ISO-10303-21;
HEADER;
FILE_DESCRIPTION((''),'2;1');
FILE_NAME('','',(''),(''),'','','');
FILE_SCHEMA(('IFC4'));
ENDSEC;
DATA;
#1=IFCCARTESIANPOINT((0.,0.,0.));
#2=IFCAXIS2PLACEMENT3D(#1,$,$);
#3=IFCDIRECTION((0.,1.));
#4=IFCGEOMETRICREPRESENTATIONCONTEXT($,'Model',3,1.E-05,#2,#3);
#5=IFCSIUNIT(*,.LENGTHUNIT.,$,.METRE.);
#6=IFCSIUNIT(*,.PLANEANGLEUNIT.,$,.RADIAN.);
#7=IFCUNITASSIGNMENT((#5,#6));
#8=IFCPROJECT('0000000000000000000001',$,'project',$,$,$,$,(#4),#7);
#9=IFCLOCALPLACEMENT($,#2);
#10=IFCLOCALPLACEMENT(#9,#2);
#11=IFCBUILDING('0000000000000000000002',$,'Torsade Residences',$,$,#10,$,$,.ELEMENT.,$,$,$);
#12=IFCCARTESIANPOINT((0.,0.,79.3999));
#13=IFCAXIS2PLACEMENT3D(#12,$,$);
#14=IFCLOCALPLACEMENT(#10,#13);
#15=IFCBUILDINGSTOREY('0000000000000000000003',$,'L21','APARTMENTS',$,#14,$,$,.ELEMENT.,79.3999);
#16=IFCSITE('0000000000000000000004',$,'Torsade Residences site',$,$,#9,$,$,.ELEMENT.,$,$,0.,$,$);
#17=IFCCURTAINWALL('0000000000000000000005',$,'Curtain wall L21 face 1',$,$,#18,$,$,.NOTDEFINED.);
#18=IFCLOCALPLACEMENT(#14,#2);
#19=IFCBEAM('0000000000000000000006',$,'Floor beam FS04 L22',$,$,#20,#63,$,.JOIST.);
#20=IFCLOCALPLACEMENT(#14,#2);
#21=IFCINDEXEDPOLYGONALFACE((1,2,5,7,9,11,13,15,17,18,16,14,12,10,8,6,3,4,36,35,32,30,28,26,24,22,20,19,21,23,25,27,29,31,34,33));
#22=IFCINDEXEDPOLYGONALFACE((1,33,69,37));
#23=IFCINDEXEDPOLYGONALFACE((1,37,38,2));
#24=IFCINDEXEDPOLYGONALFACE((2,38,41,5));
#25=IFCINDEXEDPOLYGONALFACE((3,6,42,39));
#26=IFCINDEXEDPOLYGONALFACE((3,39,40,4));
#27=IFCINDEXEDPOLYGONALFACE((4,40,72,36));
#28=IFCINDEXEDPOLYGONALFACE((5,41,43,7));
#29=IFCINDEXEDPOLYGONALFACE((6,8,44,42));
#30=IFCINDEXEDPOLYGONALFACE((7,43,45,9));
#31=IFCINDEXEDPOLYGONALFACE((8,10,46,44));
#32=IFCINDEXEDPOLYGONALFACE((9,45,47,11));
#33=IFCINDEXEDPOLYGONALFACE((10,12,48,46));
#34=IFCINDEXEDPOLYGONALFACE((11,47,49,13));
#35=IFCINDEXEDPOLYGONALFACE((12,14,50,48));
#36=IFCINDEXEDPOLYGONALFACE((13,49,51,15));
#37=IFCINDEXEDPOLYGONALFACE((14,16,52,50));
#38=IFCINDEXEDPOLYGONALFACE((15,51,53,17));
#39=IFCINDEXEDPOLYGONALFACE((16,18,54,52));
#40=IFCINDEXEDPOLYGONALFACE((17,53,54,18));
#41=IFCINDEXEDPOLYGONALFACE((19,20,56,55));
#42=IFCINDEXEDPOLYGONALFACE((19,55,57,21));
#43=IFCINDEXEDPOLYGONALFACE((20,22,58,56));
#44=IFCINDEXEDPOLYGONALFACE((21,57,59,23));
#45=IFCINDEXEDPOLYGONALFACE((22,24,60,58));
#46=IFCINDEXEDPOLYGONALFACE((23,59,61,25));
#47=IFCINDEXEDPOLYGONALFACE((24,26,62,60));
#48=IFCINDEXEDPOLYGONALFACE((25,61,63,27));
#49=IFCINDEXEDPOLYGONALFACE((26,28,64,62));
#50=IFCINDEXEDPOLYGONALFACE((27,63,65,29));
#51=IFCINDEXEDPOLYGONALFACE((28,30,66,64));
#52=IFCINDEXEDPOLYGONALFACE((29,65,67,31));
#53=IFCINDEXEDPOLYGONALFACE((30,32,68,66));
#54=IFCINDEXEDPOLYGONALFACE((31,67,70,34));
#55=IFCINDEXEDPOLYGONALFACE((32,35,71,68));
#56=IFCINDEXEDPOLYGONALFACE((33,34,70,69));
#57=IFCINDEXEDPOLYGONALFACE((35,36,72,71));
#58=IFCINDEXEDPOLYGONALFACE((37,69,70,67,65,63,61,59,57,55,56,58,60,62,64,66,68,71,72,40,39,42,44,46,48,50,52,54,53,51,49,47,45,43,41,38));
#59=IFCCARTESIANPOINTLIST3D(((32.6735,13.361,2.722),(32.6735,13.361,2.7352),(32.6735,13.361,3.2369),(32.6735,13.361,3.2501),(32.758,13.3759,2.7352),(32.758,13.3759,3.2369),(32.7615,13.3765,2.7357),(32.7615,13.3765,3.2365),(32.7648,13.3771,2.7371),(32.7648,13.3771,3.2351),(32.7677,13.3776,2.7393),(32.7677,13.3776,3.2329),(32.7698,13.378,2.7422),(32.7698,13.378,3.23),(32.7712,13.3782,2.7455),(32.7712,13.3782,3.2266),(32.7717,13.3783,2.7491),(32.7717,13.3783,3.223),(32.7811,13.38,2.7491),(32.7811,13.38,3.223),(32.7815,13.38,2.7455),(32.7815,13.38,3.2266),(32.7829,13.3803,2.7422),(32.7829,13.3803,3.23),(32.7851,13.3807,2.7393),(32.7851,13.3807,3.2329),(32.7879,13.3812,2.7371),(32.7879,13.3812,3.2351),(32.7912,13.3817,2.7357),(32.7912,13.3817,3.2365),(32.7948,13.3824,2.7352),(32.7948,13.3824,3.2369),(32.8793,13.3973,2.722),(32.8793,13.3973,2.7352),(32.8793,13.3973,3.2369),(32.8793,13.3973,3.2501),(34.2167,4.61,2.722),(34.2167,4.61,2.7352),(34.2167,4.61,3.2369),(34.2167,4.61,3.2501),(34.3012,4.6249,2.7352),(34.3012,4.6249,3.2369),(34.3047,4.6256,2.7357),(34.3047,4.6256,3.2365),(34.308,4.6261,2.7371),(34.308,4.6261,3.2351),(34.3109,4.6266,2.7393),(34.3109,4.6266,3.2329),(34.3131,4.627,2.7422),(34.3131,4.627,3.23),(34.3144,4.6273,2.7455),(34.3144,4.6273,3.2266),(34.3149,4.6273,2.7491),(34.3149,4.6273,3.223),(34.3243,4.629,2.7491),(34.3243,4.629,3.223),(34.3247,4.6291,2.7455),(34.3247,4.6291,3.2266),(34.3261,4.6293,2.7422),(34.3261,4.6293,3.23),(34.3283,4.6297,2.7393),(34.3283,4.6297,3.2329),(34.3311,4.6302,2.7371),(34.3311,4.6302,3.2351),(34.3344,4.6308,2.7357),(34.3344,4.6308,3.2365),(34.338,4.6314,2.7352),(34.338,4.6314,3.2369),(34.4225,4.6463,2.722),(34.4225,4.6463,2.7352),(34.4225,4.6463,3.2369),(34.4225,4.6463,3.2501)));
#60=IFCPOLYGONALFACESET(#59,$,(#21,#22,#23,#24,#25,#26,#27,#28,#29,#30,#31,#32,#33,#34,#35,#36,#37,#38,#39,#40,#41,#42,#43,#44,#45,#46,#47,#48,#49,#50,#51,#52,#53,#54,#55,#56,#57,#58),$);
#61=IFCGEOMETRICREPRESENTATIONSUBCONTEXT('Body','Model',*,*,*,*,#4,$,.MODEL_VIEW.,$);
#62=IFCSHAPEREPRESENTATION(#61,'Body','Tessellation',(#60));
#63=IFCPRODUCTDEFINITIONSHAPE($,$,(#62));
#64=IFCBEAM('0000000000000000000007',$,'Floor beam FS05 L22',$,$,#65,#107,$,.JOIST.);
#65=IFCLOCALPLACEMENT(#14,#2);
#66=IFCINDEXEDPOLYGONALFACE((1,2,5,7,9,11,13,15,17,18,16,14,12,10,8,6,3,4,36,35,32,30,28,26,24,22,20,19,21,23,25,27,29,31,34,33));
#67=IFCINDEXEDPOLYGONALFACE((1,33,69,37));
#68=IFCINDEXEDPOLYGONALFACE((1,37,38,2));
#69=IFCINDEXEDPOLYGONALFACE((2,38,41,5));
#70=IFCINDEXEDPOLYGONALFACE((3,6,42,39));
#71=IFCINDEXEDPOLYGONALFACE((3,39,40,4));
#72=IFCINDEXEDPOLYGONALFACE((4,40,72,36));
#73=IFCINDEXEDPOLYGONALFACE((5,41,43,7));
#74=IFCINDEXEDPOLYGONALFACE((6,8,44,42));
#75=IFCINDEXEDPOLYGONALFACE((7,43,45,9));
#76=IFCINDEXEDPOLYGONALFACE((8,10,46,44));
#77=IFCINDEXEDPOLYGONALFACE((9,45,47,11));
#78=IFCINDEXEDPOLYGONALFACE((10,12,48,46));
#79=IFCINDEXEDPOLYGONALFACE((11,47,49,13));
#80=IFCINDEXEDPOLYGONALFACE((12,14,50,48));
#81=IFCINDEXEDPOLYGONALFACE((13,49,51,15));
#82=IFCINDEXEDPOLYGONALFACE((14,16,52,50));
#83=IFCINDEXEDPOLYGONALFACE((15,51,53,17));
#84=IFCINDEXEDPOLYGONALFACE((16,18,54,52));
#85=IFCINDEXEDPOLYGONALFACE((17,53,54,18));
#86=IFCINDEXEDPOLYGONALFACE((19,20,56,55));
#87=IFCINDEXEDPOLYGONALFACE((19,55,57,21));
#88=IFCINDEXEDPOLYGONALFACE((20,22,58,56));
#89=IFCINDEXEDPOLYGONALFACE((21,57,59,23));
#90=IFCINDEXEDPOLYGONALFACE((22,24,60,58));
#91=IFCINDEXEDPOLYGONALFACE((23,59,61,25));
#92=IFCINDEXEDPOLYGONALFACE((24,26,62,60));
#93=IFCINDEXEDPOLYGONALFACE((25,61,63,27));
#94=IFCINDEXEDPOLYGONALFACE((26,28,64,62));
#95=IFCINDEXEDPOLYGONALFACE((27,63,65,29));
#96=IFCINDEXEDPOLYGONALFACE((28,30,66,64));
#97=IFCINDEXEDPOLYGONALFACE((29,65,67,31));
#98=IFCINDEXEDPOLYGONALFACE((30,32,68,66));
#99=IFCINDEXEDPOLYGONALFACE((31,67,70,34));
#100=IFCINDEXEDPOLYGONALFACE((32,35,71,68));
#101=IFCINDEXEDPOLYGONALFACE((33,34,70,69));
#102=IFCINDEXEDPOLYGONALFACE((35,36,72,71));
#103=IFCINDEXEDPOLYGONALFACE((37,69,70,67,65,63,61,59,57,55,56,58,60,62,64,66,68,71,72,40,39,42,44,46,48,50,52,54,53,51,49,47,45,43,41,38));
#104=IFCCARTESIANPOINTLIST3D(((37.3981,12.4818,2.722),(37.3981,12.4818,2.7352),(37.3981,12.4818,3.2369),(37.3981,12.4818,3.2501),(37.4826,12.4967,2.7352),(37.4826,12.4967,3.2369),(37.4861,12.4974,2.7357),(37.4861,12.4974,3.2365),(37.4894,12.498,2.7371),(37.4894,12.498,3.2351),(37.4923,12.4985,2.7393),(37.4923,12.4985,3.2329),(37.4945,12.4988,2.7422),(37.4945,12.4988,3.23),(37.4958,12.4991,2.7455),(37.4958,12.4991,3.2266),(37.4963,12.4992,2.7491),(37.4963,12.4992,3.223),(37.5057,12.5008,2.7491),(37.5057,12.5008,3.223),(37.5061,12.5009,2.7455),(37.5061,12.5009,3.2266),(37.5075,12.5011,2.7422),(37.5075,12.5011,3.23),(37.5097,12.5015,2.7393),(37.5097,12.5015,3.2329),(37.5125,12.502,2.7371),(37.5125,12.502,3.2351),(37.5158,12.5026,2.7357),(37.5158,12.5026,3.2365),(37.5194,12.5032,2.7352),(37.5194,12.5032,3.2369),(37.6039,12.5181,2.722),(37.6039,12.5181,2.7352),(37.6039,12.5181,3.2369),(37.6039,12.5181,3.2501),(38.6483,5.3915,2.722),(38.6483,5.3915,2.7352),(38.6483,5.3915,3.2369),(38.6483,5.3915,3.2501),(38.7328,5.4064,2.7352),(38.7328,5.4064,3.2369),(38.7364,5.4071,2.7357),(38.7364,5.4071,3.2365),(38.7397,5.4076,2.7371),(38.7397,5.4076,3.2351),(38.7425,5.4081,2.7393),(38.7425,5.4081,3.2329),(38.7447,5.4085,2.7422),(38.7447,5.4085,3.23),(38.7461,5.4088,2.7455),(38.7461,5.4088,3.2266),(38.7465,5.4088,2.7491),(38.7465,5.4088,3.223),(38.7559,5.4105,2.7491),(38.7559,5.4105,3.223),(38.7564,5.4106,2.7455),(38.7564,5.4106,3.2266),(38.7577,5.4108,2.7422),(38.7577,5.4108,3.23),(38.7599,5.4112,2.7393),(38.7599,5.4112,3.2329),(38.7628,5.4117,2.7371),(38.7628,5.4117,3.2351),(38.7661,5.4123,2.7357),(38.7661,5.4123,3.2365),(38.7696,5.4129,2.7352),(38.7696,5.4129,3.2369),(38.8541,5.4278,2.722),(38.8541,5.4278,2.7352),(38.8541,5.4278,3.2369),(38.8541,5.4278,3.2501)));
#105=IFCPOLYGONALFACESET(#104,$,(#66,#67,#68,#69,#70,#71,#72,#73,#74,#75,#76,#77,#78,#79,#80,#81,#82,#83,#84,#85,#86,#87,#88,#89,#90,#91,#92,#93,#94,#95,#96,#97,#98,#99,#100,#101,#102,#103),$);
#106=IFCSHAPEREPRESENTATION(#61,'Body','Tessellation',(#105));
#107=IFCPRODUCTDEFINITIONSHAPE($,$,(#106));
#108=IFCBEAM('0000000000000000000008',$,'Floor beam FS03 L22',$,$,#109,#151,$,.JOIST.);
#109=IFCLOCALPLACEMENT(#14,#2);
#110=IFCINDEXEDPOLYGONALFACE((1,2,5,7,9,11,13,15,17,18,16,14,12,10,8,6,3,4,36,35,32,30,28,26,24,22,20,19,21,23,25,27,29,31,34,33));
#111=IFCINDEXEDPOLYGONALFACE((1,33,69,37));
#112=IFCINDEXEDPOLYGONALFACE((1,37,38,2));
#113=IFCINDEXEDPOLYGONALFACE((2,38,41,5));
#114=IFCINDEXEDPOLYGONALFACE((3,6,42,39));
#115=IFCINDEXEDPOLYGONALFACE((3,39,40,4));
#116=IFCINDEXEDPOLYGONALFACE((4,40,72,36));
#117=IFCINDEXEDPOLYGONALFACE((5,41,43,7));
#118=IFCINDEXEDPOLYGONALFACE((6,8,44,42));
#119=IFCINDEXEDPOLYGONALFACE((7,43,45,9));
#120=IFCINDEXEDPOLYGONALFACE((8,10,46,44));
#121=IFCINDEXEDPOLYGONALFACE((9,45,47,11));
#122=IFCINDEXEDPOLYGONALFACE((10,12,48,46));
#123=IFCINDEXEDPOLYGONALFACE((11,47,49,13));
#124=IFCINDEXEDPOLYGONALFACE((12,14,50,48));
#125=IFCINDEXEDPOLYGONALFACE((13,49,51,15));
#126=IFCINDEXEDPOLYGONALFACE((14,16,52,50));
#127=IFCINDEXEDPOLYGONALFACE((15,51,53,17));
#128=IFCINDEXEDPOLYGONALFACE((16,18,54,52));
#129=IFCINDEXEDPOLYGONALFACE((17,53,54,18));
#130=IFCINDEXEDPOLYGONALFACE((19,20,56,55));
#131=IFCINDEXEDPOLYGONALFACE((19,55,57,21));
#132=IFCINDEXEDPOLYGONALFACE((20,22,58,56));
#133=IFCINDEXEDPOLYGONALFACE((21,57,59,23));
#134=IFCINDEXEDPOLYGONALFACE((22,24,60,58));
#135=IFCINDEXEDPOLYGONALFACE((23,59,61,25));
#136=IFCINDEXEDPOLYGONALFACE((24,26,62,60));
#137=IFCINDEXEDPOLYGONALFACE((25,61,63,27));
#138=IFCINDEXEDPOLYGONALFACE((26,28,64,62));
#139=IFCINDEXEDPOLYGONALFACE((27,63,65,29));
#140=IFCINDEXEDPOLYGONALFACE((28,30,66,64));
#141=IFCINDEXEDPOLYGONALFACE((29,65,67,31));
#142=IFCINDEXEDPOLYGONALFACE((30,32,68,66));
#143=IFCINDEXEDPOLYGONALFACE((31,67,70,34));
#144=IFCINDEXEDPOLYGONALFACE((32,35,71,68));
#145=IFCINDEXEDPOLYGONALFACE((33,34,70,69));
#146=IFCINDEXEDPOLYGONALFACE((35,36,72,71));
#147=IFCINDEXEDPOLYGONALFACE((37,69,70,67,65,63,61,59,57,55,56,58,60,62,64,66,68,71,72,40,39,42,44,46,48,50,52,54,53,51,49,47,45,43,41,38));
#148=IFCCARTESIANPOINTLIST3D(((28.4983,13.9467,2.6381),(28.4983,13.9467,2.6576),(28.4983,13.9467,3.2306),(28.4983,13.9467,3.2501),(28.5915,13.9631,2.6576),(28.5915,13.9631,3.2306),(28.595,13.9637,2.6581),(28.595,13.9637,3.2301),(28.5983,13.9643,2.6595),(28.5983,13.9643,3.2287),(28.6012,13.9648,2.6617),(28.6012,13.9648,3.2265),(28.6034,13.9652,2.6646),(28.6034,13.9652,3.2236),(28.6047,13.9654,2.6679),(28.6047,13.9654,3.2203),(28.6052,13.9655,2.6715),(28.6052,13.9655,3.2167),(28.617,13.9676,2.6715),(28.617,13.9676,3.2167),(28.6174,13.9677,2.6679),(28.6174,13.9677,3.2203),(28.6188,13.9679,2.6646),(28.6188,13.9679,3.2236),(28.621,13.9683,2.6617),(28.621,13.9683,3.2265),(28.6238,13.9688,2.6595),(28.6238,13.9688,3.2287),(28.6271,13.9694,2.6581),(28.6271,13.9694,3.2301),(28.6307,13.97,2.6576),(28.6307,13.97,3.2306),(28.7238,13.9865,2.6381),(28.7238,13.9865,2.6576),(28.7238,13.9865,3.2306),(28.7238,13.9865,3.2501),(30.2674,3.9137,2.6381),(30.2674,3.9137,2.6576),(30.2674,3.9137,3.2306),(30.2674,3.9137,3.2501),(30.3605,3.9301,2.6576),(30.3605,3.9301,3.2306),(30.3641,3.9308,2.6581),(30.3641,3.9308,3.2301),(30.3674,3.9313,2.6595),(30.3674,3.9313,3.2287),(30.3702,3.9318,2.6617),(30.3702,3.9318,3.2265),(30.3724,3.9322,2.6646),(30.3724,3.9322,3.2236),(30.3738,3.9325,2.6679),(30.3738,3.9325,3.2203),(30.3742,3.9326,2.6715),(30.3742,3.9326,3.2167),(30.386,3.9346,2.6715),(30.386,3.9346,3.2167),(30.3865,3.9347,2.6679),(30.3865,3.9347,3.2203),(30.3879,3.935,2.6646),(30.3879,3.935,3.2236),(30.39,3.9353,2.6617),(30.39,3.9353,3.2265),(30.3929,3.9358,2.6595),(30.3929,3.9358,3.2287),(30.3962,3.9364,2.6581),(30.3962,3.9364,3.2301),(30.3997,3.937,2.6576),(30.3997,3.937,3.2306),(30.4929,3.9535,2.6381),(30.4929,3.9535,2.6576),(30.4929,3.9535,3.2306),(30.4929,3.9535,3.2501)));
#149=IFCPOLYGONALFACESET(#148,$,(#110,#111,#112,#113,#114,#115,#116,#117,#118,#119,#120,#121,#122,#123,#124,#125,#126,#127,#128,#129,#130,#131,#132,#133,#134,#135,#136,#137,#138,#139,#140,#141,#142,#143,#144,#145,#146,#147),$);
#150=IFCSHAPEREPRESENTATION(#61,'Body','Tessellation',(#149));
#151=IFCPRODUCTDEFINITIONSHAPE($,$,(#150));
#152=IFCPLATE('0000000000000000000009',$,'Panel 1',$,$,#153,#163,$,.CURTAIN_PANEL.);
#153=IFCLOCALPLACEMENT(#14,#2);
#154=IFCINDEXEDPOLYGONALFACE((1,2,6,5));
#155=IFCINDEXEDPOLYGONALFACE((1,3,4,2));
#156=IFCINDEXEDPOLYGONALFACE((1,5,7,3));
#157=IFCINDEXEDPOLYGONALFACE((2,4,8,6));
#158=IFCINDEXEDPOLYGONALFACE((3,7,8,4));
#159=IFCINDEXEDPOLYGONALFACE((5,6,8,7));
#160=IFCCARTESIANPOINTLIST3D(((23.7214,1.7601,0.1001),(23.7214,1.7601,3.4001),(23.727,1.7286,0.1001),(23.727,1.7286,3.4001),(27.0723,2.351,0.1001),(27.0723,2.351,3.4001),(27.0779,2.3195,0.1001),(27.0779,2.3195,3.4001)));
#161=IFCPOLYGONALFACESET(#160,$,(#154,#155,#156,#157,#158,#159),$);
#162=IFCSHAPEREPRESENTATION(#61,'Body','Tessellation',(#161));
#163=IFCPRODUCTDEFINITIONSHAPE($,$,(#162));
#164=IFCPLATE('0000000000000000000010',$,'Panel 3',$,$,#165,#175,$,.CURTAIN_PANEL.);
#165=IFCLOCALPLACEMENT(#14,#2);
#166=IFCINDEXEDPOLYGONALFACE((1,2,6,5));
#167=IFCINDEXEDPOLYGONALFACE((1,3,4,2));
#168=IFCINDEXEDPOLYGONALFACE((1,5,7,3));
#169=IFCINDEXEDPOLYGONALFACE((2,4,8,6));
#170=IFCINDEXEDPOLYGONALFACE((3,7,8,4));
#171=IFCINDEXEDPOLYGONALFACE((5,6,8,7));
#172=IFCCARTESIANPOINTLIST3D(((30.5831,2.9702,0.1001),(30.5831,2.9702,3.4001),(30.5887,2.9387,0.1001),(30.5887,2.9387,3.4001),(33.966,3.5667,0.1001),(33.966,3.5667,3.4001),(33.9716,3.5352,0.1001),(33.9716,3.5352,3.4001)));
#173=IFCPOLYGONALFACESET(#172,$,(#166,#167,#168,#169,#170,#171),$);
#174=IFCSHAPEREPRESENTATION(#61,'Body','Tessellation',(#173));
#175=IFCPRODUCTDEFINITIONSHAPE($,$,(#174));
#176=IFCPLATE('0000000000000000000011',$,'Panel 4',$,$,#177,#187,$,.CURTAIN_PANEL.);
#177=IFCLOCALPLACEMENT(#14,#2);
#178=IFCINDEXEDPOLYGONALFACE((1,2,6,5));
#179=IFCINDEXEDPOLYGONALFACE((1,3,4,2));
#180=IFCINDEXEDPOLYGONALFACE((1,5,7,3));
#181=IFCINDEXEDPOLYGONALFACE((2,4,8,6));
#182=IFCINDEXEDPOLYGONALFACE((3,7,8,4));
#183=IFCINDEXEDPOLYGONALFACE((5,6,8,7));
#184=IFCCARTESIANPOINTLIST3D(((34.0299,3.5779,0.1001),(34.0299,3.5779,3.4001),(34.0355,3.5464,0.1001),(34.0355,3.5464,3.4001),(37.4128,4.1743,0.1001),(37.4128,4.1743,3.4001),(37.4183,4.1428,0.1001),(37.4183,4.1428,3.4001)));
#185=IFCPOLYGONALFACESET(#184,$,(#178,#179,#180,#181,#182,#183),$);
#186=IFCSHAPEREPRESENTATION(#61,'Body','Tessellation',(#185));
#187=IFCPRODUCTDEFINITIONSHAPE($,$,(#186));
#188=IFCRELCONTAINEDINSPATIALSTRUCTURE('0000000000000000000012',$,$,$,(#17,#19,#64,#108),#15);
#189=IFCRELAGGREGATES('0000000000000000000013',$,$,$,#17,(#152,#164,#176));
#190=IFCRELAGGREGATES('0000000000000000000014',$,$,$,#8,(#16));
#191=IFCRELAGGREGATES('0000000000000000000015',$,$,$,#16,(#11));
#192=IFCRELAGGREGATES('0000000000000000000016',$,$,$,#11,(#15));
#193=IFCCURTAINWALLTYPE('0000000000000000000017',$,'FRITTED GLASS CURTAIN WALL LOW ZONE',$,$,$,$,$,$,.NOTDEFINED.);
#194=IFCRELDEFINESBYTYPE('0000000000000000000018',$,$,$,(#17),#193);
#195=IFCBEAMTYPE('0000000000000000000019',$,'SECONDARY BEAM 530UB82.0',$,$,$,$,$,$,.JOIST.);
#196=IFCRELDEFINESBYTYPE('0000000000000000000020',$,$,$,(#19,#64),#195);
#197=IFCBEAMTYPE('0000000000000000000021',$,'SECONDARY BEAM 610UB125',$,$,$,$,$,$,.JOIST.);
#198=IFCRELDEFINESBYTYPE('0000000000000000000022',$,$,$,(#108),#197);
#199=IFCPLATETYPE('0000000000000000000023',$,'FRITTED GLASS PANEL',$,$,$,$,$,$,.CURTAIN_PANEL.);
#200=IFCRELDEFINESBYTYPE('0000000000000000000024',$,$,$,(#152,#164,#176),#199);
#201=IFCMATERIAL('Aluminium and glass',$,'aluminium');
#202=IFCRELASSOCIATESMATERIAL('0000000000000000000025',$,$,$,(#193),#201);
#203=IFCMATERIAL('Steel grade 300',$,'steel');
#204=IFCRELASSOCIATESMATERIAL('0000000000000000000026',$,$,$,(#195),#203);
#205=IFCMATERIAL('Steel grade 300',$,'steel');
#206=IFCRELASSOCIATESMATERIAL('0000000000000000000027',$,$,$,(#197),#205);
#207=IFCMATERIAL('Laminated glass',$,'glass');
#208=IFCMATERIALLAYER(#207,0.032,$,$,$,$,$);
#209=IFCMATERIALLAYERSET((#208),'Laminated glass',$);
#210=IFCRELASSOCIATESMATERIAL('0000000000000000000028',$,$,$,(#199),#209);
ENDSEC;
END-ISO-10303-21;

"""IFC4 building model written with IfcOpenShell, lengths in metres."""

from ifc_helpers import new_model, si_unit, direction, frame, origin, origin_2d, place, context, subcontext, project, spatial, rectangle, i_section, extrude, material, layer, layer_set, material_profile, profile_set, type_object, element, aggregate, save


model = new_model("IFC4")

# Units and contexts
model_context = context("Model", 3, precision=1e-05, world=origin(), true_north=direction((0.0, 1.0)))
body_context = subcontext(model_context, "Body", "Model", "MODEL_VIEW")
ifc_project = project(units=[si_unit("LENGTHUNIT", "METRE"), si_unit("PLANEANGLEUNIT", "RADIAN")], contexts=[model_context])

# Site, building, storey
site_placement = place(None, origin())
site = spatial("IfcSite", under=ifc_project, at=site_placement, Name="Torsade Residences site", CompositionType="ELEMENT", RefElevation=0.0)
building_placement = place(site_placement, origin())
building = spatial("IfcBuilding", under=site, at=building_placement, Name="Torsade Residences", CompositionType="ELEMENT")
storey_placement = place(building_placement, frame((0.0, 0.0, 79.3999)))
storey = spatial("IfcBuildingStorey", under=building, at=storey_placement, Name="L21", Description="APARTMENTS", CompositionType="ELEMENT", Elevation=79.3999)

# Curtain wall
ifc_material_1 = material(Name="Aluminium and glass", Category="aluminium")
curtain_wall_type = type_object("IfcCurtainWallType", Name="FRITTED GLASS CURTAIN WALL LOW ZONE", PredefinedType="NOTDEFINED", material=ifc_material_1)
curtain_wall_placement = place(storey_placement, origin())
curtain_wall = element("IfcCurtainWall", 1, at=curtain_wall_placement, inside=storey, type_object=curtain_wall_type, Name="Curtain wall L21 face 1", PredefinedType="NOTDEFINED")

# Beams
ifc_material_2 = material(Name="Steel grade 300", Category="steel")
ifc_material_profile_1 = material_profile(ifc_material_2, i_section(OverallWidth=0.209, OverallDepth=0.5281, WebThickness=0.0095, FlangeThickness=0.0132, FilletRadius=0.0139, at=origin_2d()), Name="530UB82.0")
ifc_profile_set_1 = profile_set([ifc_material_profile_1], Name="Steel grade 300")
beam_type_1 = type_object("IfcBeamType", Name="SECONDARY BEAM 530UB82.0", PredefinedType="JOIST", material=ifc_profile_set_1)
beam_1_placement = place(storey_placement, frame((34.3196, 4.6282, 2.9861), z_axis=(-0.173668, 0.984804, 0.0), x_axis=(-0.984804, -0.173668, 0.0)))
element("IfcBeam", 2, at=beam_1_placement, inside=storey, type_object=beam_type_1, Name="Floor beam FS04 L22", PredefinedType="JOIST", context=body_context, shape_type="SweptSolid", body=[
    extrude(i_section(OverallWidth=0.209, OverallDepth=0.5281, WebThickness=0.0095, FlangeThickness=0.0132, FilletRadius=0.0139, at=origin_2d()), origin(), (0.0, 0.0, 1.0), 8.886),
])
beam_2_placement = place(storey_placement, frame((38.7512, 5.4097, 2.9861), z_axis=(-0.173652, 0.984807, 0.0), x_axis=(-0.984807, -0.173652, 0.0)))
element("IfcBeam", 3, at=beam_2_placement, inside=storey, type_object=beam_type_1, Name="Floor beam FS05 L22", PredefinedType="JOIST", context=body_context, shape_type="SweptSolid", body=[
    extrude(i_section(OverallWidth=0.209, OverallDepth=0.5281, WebThickness=0.0095, FlangeThickness=0.0132, FilletRadius=0.0139, at=origin_2d()), origin(), (0.0, 0.0, 1.0), 7.1997),
])
ifc_material_3 = material(Name="Steel grade 300", Category="steel")
ifc_material_profile_2 = material_profile(ifc_material_3, i_section(OverallWidth=0.229, OverallDepth=0.6121, WebThickness=0.012, FlangeThickness=0.0195, FilletRadius=0.0139, at=origin_2d()), Name="610UB125")
ifc_profile_set_2 = profile_set([ifc_material_profile_2], Name="Steel grade 300")
beam_type_2 = type_object("IfcBeamType", Name="SECONDARY BEAM 610UB125", PredefinedType="JOIST", material=ifc_profile_set_2)
beam_3_placement = place(storey_placement, frame((30.3801, 3.9336, 2.9441), z_axis=(-0.173645, 0.984808, 0.0), x_axis=(-0.984808, -0.173645, 0.0)))
element("IfcBeam", 4, at=beam_3_placement, inside=storey, type_object=beam_type_2, Name="Floor beam FS03 L22", PredefinedType="JOIST", context=body_context, shape_type="SweptSolid", body=[
    extrude(i_section(OverallWidth=0.229, OverallDepth=0.6121, WebThickness=0.012, FlangeThickness=0.0195, FilletRadius=0.0139, at=origin_2d()), origin(), (0.0, 0.0, 1.0), 10.1877),
])

# Plates
ifc_material_4 = material(Name="Laminated glass", Category="glass")
ifc_layer_1 = layer(ifc_material_4, 0.032)
ifc_layer_set_1 = layer_set([ifc_layer_1], Name="Laminated glass")
plate_type_1 = type_object("IfcPlateType", Name="FRITTED GLASS PANEL", PredefinedType="CURTAIN_PANEL", material=ifc_layer_set_1)
plate_1_placement = place(storey_placement, frame((25.3997, 2.0398, 0.1001), z_axis=(0.0, 0.0, 1.0), x_axis=(0.984808, 0.173648, 0.0)))
plate_1 = element("IfcPlate", 5, at=plate_1_placement, type_object=plate_type_1, Name="Panel 1", PredefinedType="CURTAIN_PANEL", context=body_context, shape_type="SweptSolid", body=[
    extrude(rectangle(XDim=3.4026, YDim=0.032, at=origin_2d()), origin(), (0.0, 0.0, 1.0), 3.3),
])
plate_2_placement = place(storey_placement, frame((32.2773, 3.2527, 0.1001), z_axis=(0.0, 0.0, 1.0), x_axis=(0.984808, 0.173648, 0.0)))
plate_2 = element("IfcPlate", 6, at=plate_2_placement, type_object=plate_type_1, Name="Panel 3", PredefinedType="CURTAIN_PANEL", context=body_context, shape_type="SweptSolid", body=[
    extrude(rectangle(XDim=3.4351, YDim=0.032, at=origin_2d()), origin(), (0.0, 0.0, 1.0), 3.3),
])
plate_3_placement = place(storey_placement, frame((35.7241, 3.8604, 0.1001), z_axis=(0.0, 0.0, 1.0), x_axis=(0.984808, 0.173648, 0.0)))
plate_3 = element("IfcPlate", 7, at=plate_3_placement, type_object=plate_type_1, Name="Panel 4", PredefinedType="CURTAIN_PANEL", context=body_context, shape_type="SweptSolid", body=[
    extrude(rectangle(XDim=3.4351, YDim=0.032, at=origin_2d()), origin(), (0.0, 0.0, 1.0), 3.3),
])
aggregate(curtain_wall, [plate_1, plate_2, plate_3])

save(model, "model.ifc")
